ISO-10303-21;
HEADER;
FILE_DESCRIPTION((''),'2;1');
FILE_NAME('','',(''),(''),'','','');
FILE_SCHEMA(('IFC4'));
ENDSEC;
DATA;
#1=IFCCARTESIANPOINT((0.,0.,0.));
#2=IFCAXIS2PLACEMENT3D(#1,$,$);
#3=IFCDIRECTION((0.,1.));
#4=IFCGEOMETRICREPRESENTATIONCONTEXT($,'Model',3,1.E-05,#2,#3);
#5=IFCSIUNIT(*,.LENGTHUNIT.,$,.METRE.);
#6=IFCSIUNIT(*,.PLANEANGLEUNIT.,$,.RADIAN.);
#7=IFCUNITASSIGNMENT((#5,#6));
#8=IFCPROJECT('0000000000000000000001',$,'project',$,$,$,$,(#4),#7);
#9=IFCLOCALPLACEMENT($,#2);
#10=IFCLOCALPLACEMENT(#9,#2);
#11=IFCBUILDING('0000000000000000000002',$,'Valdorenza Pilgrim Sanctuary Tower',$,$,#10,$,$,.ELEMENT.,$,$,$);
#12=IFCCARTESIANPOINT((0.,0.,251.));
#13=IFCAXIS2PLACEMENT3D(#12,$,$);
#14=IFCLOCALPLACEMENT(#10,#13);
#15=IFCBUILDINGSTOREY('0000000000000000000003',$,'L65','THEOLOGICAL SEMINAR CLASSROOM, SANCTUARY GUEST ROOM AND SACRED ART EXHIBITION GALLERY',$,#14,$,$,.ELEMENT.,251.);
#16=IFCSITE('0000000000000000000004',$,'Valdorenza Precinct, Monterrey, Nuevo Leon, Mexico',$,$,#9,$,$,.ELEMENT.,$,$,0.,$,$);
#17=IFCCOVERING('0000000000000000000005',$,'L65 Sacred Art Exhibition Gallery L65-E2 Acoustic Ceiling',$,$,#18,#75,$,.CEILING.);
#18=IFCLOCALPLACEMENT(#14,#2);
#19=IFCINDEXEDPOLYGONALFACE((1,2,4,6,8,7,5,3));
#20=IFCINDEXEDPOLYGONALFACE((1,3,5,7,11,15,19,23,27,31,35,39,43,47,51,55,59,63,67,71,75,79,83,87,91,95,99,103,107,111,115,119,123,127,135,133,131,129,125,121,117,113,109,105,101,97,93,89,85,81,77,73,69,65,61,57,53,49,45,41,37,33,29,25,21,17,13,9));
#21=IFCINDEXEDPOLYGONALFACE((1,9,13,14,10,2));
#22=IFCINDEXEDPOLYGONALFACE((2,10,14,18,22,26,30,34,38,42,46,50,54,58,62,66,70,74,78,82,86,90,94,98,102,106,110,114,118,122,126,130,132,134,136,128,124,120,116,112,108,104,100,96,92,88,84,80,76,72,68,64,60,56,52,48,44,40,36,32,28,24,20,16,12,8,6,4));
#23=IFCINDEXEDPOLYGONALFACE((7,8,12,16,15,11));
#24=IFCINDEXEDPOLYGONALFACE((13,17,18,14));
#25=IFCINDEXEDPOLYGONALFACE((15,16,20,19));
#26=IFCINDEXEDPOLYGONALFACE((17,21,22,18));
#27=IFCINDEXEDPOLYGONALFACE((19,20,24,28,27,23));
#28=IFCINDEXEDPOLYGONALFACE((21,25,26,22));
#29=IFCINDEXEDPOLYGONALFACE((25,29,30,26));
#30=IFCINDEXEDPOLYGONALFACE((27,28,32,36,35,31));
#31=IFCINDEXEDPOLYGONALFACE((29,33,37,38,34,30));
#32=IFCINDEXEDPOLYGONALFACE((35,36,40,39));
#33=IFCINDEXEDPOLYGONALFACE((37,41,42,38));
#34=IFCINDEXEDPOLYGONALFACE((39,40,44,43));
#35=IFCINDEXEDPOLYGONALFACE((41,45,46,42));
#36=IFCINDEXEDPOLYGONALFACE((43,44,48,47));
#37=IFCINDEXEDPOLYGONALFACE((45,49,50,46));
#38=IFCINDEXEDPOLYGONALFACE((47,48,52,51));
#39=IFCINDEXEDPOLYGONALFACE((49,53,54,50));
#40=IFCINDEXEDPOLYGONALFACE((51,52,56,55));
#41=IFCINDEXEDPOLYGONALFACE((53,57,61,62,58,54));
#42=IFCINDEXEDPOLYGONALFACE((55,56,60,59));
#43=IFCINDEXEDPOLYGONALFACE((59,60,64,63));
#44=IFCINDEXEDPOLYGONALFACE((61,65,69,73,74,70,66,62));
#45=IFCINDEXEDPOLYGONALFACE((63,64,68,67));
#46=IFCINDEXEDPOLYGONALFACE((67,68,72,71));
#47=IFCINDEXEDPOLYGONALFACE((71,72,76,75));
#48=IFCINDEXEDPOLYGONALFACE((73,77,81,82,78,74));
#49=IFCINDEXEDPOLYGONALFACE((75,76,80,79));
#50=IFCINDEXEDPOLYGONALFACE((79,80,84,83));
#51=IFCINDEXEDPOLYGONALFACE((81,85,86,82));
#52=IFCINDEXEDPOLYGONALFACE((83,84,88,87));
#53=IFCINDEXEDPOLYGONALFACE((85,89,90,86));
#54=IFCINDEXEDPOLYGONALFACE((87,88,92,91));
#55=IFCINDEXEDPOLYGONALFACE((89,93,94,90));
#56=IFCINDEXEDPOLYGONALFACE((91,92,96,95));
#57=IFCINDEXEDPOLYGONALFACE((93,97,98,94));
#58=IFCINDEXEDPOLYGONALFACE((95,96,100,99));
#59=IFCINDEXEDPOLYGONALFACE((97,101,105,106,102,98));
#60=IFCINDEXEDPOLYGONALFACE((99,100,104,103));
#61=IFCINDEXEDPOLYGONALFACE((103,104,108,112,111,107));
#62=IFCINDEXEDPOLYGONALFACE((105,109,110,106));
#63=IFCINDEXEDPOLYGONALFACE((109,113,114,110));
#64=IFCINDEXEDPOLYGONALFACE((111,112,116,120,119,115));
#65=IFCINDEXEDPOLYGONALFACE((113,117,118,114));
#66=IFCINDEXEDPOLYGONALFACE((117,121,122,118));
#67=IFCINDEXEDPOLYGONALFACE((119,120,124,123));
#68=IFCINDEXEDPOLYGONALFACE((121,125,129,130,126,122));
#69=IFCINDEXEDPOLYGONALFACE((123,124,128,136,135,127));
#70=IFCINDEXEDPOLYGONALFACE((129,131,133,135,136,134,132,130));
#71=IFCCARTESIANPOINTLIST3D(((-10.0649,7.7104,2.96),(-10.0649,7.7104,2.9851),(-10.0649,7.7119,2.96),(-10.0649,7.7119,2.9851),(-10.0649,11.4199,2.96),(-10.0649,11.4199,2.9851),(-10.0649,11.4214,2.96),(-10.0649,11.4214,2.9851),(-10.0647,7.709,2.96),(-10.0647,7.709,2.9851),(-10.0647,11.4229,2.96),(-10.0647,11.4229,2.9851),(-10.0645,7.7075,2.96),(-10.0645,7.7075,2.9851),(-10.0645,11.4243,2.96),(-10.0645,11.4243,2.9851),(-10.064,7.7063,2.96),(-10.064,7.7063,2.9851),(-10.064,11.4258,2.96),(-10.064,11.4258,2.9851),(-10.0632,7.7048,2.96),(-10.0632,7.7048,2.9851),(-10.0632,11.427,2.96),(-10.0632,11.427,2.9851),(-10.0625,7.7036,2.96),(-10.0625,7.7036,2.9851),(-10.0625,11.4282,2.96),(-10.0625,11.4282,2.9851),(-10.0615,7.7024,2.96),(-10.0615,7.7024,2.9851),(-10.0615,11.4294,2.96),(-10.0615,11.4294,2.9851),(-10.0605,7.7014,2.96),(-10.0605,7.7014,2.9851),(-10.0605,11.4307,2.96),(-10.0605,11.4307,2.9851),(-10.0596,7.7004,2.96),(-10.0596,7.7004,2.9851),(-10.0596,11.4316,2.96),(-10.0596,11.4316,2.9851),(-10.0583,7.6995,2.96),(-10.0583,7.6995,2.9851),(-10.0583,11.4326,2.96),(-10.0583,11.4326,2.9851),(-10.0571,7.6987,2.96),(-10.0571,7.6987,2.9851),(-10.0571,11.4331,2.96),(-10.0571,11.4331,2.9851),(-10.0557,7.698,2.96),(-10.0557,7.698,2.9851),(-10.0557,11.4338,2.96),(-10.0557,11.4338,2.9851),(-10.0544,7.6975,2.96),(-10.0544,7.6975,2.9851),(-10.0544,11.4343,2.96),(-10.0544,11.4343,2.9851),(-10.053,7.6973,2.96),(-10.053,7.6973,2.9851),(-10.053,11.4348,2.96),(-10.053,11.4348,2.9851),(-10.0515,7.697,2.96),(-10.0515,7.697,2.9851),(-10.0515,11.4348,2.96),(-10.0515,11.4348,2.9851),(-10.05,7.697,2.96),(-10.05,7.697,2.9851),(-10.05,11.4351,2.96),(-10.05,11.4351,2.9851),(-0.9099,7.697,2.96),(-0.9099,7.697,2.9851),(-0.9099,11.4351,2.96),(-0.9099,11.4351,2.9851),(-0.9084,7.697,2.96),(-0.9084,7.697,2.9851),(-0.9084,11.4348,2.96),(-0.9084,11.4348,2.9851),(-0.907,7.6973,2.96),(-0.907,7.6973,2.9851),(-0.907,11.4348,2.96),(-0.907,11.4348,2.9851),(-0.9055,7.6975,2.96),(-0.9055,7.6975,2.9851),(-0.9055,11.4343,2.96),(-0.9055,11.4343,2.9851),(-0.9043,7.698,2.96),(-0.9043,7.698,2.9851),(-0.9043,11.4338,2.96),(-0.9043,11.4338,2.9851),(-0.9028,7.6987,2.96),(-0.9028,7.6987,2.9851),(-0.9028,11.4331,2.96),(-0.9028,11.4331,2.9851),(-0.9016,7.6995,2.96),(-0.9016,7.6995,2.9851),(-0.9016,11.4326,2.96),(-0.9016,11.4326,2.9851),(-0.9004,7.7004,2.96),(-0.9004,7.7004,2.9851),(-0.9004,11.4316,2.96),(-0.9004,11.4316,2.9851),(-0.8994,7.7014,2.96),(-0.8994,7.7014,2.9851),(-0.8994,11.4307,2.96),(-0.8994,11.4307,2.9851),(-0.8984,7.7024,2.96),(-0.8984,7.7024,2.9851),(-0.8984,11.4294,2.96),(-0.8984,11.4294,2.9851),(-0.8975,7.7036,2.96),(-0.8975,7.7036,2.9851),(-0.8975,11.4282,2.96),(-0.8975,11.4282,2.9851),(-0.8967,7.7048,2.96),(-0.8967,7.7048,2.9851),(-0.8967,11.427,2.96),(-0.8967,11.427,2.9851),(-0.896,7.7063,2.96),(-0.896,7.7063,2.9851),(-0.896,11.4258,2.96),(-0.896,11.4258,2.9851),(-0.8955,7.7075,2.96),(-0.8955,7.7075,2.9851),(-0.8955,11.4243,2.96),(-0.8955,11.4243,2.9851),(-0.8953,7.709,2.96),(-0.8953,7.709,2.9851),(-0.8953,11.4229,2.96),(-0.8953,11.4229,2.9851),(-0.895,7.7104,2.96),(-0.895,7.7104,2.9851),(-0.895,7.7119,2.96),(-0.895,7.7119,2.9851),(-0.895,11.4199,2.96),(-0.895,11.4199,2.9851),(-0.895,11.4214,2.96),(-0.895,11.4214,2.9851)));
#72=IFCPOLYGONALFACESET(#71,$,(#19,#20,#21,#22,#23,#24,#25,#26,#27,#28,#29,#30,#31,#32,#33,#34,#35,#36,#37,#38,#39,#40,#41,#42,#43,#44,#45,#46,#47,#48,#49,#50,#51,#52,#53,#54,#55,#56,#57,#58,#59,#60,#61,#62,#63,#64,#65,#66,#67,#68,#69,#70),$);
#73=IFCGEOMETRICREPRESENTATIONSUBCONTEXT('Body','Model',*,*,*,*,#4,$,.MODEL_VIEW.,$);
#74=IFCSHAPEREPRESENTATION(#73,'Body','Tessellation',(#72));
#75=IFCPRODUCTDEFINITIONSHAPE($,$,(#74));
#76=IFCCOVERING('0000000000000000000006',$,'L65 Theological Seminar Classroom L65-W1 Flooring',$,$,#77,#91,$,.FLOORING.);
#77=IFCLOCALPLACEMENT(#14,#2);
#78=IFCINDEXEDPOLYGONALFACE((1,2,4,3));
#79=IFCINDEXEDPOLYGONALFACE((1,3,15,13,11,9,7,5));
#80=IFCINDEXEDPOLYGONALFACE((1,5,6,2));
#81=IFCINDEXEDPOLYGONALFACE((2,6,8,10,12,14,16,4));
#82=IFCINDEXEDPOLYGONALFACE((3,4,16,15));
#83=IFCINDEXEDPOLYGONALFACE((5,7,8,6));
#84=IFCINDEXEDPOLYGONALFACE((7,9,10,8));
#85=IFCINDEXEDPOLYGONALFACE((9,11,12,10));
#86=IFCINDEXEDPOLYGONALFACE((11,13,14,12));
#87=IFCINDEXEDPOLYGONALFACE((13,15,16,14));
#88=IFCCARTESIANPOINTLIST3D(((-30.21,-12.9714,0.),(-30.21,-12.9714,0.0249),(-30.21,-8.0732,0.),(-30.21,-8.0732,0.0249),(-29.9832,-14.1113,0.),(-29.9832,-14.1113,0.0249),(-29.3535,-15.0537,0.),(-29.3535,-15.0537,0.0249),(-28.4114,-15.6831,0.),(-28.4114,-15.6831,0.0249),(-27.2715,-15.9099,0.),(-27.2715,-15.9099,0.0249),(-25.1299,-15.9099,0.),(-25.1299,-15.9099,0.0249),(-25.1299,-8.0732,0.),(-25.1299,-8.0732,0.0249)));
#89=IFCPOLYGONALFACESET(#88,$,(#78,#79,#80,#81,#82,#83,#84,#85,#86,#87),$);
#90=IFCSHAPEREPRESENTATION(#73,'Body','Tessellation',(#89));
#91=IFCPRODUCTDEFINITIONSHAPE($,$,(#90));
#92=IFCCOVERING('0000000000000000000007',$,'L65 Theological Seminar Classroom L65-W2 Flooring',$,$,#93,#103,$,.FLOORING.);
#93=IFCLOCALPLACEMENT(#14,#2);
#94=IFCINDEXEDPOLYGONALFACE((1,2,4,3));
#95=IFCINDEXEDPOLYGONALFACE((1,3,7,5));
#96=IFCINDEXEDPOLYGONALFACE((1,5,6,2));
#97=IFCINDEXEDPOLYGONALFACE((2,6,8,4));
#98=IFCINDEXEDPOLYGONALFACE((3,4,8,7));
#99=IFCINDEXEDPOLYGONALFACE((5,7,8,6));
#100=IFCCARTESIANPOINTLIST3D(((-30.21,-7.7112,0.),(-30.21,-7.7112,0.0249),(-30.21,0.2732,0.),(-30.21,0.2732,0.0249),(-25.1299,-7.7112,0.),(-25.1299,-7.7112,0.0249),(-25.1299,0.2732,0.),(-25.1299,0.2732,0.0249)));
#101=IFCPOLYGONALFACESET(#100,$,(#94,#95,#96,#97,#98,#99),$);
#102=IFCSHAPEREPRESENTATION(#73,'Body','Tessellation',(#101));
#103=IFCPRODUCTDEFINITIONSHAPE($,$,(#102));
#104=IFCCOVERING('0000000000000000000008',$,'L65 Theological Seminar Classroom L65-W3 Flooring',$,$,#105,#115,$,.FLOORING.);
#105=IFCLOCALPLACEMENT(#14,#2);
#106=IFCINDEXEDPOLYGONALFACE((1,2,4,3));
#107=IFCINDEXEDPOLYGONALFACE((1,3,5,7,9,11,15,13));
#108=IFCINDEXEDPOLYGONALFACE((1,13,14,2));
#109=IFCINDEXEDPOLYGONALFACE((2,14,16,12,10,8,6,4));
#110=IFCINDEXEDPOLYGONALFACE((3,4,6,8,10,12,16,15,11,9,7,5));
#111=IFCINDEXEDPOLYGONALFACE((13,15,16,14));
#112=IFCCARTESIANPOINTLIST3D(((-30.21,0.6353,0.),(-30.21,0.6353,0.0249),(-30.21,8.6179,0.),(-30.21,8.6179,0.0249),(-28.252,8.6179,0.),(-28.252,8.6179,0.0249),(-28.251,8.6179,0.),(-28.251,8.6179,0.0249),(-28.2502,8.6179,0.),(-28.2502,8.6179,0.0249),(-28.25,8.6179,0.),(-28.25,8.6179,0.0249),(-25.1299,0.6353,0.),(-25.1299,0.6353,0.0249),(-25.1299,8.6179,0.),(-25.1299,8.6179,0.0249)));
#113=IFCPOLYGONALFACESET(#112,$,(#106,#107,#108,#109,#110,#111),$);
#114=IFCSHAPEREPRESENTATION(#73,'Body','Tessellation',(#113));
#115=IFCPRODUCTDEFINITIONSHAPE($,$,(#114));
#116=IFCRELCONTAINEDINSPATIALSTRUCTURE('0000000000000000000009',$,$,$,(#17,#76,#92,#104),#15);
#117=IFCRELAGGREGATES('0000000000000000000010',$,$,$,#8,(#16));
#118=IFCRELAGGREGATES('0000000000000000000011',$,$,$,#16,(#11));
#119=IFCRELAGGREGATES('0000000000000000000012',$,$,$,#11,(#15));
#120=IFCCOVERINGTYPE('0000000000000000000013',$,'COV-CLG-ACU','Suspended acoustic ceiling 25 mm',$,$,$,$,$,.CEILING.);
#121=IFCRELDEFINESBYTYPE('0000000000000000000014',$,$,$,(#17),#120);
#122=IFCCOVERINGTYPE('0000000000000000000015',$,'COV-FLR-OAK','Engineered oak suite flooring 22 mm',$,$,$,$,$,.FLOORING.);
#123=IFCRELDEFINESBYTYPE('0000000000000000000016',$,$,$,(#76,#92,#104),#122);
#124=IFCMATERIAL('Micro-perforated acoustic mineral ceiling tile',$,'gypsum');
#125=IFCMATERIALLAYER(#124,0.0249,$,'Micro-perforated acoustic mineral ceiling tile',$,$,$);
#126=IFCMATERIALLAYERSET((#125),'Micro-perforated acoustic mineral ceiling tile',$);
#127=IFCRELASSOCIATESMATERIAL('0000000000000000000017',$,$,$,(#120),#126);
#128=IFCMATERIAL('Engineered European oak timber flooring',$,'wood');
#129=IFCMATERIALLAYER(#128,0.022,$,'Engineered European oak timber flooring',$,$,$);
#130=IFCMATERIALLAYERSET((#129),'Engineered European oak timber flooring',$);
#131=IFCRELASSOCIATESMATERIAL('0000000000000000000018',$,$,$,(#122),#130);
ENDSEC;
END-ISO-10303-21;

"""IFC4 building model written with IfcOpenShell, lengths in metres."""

from ifc_helpers import new_model, si_unit, direction, frame, origin, place, context, subcontext, project, spatial, polyline, outline, extrude, material, layer, layer_set, type_object, element, save


model = new_model("IFC4")

# Units and contexts
model_context = context("Model", 3, precision=1e-05, world=origin(), true_north=direction((0.0, 1.0)))
body_context = subcontext(model_context, "Body", "Model", "MODEL_VIEW")
ifc_project = project(units=[si_unit("LENGTHUNIT", "METRE"), si_unit("PLANEANGLEUNIT", "RADIAN")], contexts=[model_context])

# Site, building, storey
site_placement = place(None, origin())
site = spatial("IfcSite", under=ifc_project, at=site_placement, Name="Valdorenza Precinct, Monterrey, Nuevo Leon, Mexico", CompositionType="ELEMENT", RefElevation=0.0)
building_placement = place(site_placement, origin())
building = spatial("IfcBuilding", under=site, at=building_placement, Name="Valdorenza Pilgrim Sanctuary Tower", CompositionType="ELEMENT")
storey_placement = place(building_placement, frame((0.0, 0.0, 251.0)))
storey = spatial("IfcBuildingStorey", under=building, at=storey_placement, Name="L65", Description="THEOLOGICAL SEMINAR CLASSROOM, SANCTUARY GUEST ROOM AND SACRED ART EXHIBITION GALLERY", CompositionType="ELEMENT", Elevation=251.0)

# Coverings
ifc_material_1 = material(Name="Micro-perforated acoustic mineral ceiling tile", Category="gypsum")
ifc_layer_1 = layer(ifc_material_1, 0.0249, Name="Micro-perforated acoustic mineral ceiling tile")
ifc_layer_set_1 = layer_set([ifc_layer_1], Name="Micro-perforated acoustic mineral ceiling tile")
covering_type_1 = type_object("IfcCoveringType", Name="COV-CLG-ACU", Description="Suspended acoustic ceiling 25 mm", PredefinedType="CEILING", material=ifc_layer_set_1)
covering_1_placement = place(storey_placement, frame((0.0, 0.0, 2.96)))
element("IfcCovering", 1, at=covering_1_placement, inside=storey, type_object=covering_type_1, Name="L65 Sacred Art Exhibition Gallery L65-E2 Acoustic Ceiling", PredefinedType="CEILING", context=body_context, shape_type="SweptSolid", body=[
    extrude(outline(polyline([(-10.0649, 11.4199), (-10.0649, 11.4214), (-10.0647, 11.4229), (-10.0645, 11.4243), (-10.064, 11.4258), (-10.0632, 11.427), (-10.0625, 11.4282), (-10.0615, 11.4294), (-10.0605, 11.4307), (-10.0596, 11.4316), (-10.0583, 11.4326), (-10.0571, 11.4331), (-10.0557, 11.4338), (-10.0544, 11.4343), (-10.053, 11.4348), (-10.0515, 11.4348), (-10.05, 11.4351), (-0.9099, 11.4351), (-0.9084, 11.4348), (-0.907, 11.4348), (-0.9055, 11.4343), (-0.9043, 11.4338), (-0.9028, 11.4331), (-0.9016, 11.4326), (-0.9004, 11.4316), (-0.8994, 11.4307), (-0.8984, 11.4294), (-0.8975, 11.4282), (-0.8967, 11.427), (-0.896, 11.4258), (-0.8955, 11.4243), (-0.8953, 11.4229), (-0.895, 11.4214), (-0.895, 11.4199), (-0.895, 7.7119), (-0.895, 7.7104), (-0.8953, 7.709), (-0.8955, 7.7075), (-0.896, 7.7063), (-0.8967, 7.7048), (-0.8975, 7.7036), (-0.8984, 7.7024), (-0.8994, 7.7014), (-0.9004, 7.7004), (-0.9016, 7.6995), (-0.9028, 7.6987), (-0.9043, 7.698), (-0.9055, 7.6975), (-0.907, 7.6973), (-0.9084, 7.697), (-0.9099, 7.697), (-10.05, 7.697), (-10.0515, 7.697), (-10.053, 7.6973), (-10.0544, 7.6975), (-10.0557, 7.698), (-10.0571, 7.6987), (-10.0583, 7.6995), (-10.0596, 7.7004), (-10.0605, 7.7014), (-10.0615, 7.7024), (-10.0625, 7.7036), (-10.0632, 7.7048), (-10.064, 7.7063), (-10.0645, 7.7075), (-10.0647, 7.709), (-10.0649, 7.7104), (-10.0649, 7.7119), (-10.0649, 11.4199)])), origin(), (0.0, 0.0, 1.0), 0.0251),
])
ifc_material_2 = material(Name="Engineered European oak timber flooring", Category="wood")
ifc_layer_2 = layer(ifc_material_2, 0.022, Name="Engineered European oak timber flooring")
ifc_layer_set_2 = layer_set([ifc_layer_2], Name="Engineered European oak timber flooring")
covering_type_2 = type_object("IfcCoveringType", Name="COV-FLR-OAK", Description="Engineered oak suite flooring 22 mm", PredefinedType="FLOORING", material=ifc_layer_set_2)
covering_2_placement = place(storey_placement, origin())
element("IfcCovering", 2, at=covering_2_placement, inside=storey, type_object=covering_type_2, Name="L65 Theological Seminar Classroom L65-W1 Flooring", PredefinedType="FLOORING", context=body_context, shape_type="SweptSolid", body=[
    extrude(outline(polyline([(-25.1299, -15.9099), (-27.2715, -15.9099), (-28.4114, -15.6831), (-29.3535, -15.0537), (-29.9832, -14.1113), (-30.21, -12.9714), (-30.21, -8.0732), (-25.1299, -8.0732), (-25.1299, -15.9099)])), origin(), (0.0, 0.0, 1.0), 0.0249),
])
covering_3_placement = place(storey_placement, origin())
element("IfcCovering", 3, at=covering_3_placement, inside=storey, type_object=covering_type_2, Name="L65 Theological Seminar Classroom L65-W2 Flooring", PredefinedType="FLOORING", context=body_context, shape_type="SweptSolid", body=[
    extrude(outline(polyline([(-25.1299, -7.7112), (-30.21, -7.7112), (-30.21, 0.2732), (-25.1299, 0.2732), (-25.1299, -7.7112)])), origin(), (0.0, 0.0, 1.0), 0.0249),
])
covering_4_placement = place(storey_placement, origin())
element("IfcCovering", 4, at=covering_4_placement, inside=storey, type_object=covering_type_2, Name="L65 Theological Seminar Classroom L65-W3 Flooring", PredefinedType="FLOORING", context=body_context, shape_type="SweptSolid", body=[
    extrude(outline(polyline([(-28.2502, 8.6179), (-28.25, 8.6179), (-25.1299, 8.6179), (-25.1299, 0.6353), (-30.21, 0.6353), (-30.21, 8.6179), (-28.252, 8.6179), (-28.251, 8.6179), (-28.2502, 8.6179)])), origin(), (0.0, 0.0, 1.0), 0.0249),
])

save(model, "model.ifc")
